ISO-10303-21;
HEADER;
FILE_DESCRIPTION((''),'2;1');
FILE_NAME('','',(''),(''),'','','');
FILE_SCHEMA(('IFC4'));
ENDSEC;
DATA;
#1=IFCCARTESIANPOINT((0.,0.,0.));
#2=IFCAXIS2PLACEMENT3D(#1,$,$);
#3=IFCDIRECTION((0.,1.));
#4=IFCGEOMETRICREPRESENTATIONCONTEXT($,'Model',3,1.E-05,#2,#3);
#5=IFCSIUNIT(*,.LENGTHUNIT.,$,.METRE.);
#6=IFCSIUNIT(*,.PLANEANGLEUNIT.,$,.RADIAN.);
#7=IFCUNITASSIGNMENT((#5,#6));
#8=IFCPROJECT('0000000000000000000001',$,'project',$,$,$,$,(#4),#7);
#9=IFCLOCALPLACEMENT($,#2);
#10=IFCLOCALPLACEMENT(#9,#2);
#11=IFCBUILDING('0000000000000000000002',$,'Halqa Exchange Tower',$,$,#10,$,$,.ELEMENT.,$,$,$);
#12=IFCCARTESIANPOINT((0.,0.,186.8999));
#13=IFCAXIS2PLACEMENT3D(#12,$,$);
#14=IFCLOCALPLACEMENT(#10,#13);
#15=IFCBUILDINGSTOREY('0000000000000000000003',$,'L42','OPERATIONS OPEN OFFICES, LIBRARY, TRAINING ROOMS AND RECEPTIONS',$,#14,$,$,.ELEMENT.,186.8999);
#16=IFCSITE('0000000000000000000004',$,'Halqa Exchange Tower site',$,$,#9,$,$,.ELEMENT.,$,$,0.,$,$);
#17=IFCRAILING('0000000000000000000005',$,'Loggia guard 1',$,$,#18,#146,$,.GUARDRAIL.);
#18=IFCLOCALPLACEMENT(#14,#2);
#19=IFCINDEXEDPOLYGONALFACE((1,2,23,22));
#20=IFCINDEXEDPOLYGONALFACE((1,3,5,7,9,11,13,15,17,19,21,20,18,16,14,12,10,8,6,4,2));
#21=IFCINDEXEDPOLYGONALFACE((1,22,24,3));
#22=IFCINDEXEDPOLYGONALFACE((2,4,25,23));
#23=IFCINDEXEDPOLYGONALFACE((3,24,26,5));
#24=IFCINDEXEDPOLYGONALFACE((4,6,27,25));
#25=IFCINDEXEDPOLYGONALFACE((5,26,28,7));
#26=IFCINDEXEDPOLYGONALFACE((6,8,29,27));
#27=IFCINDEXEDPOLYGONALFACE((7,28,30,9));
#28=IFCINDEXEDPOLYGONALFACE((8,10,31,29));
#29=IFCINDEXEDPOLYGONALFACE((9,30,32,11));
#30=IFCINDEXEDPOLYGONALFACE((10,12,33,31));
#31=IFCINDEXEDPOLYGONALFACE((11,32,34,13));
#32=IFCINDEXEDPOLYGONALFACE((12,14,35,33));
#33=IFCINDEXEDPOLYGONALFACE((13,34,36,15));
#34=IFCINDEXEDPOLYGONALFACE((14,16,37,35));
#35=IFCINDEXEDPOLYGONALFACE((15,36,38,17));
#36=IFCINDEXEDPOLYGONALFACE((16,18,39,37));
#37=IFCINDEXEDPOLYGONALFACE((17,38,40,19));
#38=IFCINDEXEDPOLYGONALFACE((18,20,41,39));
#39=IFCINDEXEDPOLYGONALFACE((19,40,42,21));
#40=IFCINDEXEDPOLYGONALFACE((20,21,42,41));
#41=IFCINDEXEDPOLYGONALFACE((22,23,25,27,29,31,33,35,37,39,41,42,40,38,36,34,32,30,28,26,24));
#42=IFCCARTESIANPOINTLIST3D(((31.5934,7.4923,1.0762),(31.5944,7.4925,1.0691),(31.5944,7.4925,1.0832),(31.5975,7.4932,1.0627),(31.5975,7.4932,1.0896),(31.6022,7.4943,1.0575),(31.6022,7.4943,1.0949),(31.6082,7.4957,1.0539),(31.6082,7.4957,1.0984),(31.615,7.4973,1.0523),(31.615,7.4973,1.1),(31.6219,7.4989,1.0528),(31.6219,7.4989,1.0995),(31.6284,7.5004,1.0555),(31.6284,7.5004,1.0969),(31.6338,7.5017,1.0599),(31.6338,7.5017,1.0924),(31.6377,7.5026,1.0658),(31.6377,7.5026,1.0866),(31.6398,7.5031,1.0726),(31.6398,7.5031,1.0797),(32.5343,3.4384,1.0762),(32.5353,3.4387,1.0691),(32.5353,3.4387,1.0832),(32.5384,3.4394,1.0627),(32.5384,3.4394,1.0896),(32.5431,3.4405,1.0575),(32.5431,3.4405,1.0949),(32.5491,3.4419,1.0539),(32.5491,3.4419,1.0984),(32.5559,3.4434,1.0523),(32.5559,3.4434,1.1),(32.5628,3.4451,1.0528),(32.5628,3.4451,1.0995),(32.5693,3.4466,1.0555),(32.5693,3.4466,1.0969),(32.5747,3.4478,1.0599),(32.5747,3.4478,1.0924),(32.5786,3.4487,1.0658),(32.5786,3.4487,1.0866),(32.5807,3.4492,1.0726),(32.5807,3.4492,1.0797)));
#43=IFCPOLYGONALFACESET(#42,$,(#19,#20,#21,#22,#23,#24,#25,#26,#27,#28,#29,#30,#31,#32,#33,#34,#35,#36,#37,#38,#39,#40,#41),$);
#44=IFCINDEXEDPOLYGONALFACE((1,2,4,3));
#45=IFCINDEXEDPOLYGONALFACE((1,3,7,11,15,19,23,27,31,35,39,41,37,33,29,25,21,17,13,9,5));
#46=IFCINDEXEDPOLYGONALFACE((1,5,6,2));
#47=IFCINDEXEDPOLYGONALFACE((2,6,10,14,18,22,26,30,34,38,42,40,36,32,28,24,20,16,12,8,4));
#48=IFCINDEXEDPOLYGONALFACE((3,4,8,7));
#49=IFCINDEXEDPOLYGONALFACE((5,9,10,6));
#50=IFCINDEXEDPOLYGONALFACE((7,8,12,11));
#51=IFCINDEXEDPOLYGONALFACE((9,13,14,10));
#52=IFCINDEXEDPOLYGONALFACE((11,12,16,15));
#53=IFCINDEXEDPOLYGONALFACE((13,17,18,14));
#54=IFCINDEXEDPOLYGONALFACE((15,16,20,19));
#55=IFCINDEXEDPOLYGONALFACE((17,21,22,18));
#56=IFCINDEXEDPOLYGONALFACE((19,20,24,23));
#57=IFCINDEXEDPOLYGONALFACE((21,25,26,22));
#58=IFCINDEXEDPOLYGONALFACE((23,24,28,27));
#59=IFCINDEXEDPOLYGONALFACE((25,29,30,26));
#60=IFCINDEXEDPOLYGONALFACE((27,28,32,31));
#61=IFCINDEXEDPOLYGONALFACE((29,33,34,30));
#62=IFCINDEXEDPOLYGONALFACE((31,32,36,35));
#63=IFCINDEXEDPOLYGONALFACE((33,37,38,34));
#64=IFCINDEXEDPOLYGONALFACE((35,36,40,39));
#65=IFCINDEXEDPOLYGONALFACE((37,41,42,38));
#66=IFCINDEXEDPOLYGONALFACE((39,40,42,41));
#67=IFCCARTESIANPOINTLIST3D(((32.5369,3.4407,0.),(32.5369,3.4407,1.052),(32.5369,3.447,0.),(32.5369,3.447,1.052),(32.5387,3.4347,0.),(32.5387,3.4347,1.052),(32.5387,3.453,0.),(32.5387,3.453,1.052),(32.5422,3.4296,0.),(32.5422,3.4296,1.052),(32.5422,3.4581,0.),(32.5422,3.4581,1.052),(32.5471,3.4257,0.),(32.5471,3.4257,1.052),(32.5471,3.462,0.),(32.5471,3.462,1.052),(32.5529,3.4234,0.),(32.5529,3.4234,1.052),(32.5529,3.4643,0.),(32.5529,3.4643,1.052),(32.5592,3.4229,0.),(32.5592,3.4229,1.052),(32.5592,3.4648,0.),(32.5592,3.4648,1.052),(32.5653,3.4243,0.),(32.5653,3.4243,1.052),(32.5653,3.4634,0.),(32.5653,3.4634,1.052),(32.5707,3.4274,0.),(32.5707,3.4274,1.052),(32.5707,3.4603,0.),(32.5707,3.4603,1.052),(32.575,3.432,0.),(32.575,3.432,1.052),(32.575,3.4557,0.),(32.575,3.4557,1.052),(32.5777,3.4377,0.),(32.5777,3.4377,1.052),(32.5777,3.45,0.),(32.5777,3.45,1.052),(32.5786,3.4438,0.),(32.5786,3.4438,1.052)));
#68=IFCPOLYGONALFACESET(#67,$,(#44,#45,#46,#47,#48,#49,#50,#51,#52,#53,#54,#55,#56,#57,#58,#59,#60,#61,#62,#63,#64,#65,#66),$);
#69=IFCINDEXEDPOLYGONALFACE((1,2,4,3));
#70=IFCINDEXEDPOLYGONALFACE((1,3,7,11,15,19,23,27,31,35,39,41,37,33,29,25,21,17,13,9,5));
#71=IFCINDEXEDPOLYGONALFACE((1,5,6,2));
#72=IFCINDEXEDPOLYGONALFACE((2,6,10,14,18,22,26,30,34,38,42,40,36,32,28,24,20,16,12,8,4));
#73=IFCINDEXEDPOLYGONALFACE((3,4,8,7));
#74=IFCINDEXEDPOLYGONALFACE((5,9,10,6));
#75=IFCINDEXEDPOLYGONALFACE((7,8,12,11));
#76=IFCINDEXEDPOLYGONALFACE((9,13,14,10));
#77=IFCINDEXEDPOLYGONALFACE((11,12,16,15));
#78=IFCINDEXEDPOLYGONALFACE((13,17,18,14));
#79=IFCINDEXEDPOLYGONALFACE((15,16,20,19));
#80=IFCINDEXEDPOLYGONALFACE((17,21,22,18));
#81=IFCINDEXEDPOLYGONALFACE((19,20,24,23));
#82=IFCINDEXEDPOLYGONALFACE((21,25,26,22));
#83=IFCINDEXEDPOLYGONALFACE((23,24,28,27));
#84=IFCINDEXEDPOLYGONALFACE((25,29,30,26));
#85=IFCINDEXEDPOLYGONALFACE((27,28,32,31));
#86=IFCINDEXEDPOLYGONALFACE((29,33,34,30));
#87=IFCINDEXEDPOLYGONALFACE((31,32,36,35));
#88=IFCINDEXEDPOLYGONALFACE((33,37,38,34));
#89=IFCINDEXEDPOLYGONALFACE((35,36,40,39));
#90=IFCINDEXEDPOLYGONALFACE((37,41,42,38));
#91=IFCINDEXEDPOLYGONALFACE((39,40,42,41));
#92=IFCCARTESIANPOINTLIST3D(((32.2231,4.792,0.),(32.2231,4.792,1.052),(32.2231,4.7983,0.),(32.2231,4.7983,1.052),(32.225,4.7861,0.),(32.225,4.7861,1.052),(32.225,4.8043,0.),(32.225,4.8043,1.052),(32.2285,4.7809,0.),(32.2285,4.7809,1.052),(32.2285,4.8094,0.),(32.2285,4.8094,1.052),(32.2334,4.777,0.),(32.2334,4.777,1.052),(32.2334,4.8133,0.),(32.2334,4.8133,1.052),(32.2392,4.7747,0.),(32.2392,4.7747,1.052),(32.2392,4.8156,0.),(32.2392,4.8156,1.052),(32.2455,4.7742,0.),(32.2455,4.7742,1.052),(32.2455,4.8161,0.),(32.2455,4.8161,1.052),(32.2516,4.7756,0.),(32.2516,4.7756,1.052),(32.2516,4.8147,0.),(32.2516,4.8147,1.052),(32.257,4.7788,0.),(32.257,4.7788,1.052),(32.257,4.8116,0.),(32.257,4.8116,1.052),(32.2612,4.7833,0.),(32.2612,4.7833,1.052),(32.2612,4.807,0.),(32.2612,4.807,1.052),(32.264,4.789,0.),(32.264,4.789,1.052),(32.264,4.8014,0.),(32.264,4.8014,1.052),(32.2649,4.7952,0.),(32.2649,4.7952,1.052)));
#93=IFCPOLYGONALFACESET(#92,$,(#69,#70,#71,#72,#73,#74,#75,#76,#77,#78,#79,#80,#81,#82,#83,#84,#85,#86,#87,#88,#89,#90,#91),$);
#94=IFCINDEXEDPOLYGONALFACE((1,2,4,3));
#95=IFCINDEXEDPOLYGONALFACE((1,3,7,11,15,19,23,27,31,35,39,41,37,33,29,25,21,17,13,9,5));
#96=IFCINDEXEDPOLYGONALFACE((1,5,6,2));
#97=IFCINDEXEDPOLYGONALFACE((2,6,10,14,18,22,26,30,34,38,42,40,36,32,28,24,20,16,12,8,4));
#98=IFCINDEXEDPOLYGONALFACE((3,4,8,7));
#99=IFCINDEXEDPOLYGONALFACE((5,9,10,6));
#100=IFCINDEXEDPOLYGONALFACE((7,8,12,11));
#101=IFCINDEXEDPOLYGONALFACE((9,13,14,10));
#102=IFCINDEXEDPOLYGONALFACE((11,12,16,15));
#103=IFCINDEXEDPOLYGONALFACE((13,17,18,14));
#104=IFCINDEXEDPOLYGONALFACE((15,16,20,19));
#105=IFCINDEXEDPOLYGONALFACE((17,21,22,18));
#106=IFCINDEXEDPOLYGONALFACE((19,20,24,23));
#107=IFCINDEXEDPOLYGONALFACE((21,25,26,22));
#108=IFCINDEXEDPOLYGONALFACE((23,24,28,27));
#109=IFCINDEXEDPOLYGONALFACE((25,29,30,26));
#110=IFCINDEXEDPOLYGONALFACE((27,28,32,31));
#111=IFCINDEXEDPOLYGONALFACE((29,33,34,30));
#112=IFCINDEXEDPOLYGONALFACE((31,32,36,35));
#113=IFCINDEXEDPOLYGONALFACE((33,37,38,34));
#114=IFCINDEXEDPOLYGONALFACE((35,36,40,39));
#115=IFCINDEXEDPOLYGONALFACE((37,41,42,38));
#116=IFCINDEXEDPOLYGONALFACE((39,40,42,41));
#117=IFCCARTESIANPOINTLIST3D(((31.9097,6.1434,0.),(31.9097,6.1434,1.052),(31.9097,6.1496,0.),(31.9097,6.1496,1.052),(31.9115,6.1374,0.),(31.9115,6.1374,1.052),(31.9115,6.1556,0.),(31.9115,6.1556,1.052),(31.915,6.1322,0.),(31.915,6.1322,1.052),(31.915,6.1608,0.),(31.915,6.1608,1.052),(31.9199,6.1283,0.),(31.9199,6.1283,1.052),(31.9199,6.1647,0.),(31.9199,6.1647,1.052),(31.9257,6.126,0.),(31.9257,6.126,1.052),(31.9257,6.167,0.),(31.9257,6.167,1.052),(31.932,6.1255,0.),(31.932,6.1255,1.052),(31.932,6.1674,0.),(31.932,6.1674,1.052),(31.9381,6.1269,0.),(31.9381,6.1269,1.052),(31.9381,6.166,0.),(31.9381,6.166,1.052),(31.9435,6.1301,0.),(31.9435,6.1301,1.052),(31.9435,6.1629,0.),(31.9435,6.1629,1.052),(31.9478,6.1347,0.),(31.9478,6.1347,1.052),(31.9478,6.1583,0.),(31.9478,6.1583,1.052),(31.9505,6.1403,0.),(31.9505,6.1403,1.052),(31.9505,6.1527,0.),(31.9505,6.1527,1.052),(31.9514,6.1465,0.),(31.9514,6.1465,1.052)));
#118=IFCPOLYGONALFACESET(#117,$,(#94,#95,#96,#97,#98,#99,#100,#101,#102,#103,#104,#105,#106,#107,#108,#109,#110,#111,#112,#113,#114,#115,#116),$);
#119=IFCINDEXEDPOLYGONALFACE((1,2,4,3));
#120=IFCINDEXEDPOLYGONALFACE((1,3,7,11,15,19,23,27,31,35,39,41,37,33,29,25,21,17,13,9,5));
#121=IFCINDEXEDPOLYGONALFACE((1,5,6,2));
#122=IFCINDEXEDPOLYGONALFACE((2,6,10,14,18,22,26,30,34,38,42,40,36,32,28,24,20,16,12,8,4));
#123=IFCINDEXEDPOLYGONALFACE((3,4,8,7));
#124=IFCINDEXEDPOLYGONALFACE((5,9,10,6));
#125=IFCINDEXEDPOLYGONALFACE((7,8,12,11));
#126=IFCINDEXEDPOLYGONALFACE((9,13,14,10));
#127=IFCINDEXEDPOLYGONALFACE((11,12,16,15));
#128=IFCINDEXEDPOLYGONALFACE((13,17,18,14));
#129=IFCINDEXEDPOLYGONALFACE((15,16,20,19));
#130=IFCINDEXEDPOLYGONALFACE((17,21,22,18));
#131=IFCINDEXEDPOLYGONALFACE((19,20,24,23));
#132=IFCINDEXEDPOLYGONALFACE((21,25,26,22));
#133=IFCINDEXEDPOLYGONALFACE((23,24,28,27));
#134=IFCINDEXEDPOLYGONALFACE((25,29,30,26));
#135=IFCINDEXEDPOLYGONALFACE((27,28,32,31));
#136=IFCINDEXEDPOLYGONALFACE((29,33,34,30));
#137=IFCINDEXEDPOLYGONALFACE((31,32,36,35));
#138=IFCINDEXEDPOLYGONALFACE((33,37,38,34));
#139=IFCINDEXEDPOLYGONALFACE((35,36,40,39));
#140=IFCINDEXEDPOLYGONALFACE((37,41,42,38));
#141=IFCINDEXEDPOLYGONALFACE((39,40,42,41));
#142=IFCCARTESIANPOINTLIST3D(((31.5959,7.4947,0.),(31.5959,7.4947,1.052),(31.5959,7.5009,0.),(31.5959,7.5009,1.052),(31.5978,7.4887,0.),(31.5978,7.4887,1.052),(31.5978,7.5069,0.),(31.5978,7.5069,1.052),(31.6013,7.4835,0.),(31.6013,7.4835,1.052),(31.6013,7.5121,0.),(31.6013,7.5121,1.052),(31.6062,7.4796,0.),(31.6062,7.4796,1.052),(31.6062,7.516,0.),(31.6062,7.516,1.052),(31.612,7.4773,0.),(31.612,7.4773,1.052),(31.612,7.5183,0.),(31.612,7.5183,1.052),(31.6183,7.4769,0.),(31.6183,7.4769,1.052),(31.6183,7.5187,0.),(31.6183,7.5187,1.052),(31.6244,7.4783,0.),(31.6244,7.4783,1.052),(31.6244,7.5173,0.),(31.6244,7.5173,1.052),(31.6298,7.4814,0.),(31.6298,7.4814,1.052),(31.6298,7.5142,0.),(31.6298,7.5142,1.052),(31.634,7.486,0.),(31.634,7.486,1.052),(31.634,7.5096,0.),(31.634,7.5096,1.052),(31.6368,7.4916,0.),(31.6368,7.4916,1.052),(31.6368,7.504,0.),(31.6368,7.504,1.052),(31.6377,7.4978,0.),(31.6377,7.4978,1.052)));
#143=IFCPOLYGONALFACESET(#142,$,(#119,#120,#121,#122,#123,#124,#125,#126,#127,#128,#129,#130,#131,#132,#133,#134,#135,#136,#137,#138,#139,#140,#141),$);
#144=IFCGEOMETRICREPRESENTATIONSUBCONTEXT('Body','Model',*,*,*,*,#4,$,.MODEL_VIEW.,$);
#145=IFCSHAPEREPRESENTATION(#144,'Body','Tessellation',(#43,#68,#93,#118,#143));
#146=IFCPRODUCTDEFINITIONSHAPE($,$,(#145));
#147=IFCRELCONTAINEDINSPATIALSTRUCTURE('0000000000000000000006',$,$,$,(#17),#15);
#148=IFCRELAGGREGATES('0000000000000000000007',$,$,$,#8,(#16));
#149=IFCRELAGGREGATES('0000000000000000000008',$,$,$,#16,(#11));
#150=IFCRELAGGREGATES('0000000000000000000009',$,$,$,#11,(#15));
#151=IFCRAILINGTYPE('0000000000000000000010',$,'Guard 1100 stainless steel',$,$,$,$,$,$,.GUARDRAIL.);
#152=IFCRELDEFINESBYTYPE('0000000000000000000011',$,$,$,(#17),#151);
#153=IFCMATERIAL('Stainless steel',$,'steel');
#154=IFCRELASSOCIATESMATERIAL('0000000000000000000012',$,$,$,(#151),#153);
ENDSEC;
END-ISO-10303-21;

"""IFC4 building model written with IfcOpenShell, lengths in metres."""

from ifc_helpers import new_model, si_unit, direction, frame, origin, origin_2d, place, context, subcontext, project, spatial, circle, extrude, material, type_object, element, save


model = new_model("IFC4")

# Units and contexts
model_context = context("Model", 3, precision=1e-05, world=origin(), true_north=direction((0.0, 1.0)))
body_context = subcontext(model_context, "Body", "Model", "MODEL_VIEW")
ifc_project = project(units=[si_unit("LENGTHUNIT", "METRE"), si_unit("PLANEANGLEUNIT", "RADIAN")], contexts=[model_context])

# Site, building, storey
site_placement = place(None, origin())
site = spatial("IfcSite", under=ifc_project, at=site_placement, Name="Halqa Exchange Tower site", CompositionType="ELEMENT", RefElevation=0.0)
building_placement = place(site_placement, origin())
building = spatial("IfcBuilding", under=site, at=building_placement, Name="Halqa Exchange Tower", CompositionType="ELEMENT")
storey_placement = place(building_placement, frame((0.0, 0.0, 186.8999)))
storey = spatial("IfcBuildingStorey", under=building, at=storey_placement, Name="L42", Description="OPERATIONS OPEN OFFICES, LIBRARY, TRAINING ROOMS AND RECEPTIONS", CompositionType="ELEMENT", Elevation=186.8999)

# Railing
ifc_material_1 = material(Name="Stainless steel", Category="steel")
railing_type = type_object("IfcRailingType", Name="Guard 1100 stainless steel", PredefinedType="GUARDRAIL", material=ifc_material_1)
railing_1_placement = place(storey_placement, frame((32.5576, 3.4438, 0.0)))
element("IfcRailing", 1, at=railing_1_placement, inside=storey, type_object=railing_type, Name="Loggia guard 1", PredefinedType="GUARDRAIL", context=body_context, shape_type="SweptSolid", body=[
    extrude(circle(Radius=0.0239, at=origin_2d()), frame((0.0, 0.0, 1.0762), z_axis=(-0.226089, 0.974107, 0.0), x_axis=(-0.974107, -0.226089, 0.0)), (0.0, 0.0, 1.0), 4.1616),
    extrude(circle(Radius=0.021, at=origin_2d()), origin(), (0.0, 0.0, 1.0), 1.052),
    extrude(circle(Radius=0.021, at=origin_2d()), frame((-0.3137, 1.3513, 0.0)), (0.0, 0.0, 1.0), 1.052),
    extrude(circle(Radius=0.021, at=origin_2d()), frame((-0.6272, 2.7026, 0.0)), (0.0, 0.0, 1.0), 1.052),
    extrude(circle(Radius=0.021, at=origin_2d()), frame((-0.9409, 4.054, 0.0)), (0.0, 0.0, 1.0), 1.052),
])

save(model, "model.ifc")
